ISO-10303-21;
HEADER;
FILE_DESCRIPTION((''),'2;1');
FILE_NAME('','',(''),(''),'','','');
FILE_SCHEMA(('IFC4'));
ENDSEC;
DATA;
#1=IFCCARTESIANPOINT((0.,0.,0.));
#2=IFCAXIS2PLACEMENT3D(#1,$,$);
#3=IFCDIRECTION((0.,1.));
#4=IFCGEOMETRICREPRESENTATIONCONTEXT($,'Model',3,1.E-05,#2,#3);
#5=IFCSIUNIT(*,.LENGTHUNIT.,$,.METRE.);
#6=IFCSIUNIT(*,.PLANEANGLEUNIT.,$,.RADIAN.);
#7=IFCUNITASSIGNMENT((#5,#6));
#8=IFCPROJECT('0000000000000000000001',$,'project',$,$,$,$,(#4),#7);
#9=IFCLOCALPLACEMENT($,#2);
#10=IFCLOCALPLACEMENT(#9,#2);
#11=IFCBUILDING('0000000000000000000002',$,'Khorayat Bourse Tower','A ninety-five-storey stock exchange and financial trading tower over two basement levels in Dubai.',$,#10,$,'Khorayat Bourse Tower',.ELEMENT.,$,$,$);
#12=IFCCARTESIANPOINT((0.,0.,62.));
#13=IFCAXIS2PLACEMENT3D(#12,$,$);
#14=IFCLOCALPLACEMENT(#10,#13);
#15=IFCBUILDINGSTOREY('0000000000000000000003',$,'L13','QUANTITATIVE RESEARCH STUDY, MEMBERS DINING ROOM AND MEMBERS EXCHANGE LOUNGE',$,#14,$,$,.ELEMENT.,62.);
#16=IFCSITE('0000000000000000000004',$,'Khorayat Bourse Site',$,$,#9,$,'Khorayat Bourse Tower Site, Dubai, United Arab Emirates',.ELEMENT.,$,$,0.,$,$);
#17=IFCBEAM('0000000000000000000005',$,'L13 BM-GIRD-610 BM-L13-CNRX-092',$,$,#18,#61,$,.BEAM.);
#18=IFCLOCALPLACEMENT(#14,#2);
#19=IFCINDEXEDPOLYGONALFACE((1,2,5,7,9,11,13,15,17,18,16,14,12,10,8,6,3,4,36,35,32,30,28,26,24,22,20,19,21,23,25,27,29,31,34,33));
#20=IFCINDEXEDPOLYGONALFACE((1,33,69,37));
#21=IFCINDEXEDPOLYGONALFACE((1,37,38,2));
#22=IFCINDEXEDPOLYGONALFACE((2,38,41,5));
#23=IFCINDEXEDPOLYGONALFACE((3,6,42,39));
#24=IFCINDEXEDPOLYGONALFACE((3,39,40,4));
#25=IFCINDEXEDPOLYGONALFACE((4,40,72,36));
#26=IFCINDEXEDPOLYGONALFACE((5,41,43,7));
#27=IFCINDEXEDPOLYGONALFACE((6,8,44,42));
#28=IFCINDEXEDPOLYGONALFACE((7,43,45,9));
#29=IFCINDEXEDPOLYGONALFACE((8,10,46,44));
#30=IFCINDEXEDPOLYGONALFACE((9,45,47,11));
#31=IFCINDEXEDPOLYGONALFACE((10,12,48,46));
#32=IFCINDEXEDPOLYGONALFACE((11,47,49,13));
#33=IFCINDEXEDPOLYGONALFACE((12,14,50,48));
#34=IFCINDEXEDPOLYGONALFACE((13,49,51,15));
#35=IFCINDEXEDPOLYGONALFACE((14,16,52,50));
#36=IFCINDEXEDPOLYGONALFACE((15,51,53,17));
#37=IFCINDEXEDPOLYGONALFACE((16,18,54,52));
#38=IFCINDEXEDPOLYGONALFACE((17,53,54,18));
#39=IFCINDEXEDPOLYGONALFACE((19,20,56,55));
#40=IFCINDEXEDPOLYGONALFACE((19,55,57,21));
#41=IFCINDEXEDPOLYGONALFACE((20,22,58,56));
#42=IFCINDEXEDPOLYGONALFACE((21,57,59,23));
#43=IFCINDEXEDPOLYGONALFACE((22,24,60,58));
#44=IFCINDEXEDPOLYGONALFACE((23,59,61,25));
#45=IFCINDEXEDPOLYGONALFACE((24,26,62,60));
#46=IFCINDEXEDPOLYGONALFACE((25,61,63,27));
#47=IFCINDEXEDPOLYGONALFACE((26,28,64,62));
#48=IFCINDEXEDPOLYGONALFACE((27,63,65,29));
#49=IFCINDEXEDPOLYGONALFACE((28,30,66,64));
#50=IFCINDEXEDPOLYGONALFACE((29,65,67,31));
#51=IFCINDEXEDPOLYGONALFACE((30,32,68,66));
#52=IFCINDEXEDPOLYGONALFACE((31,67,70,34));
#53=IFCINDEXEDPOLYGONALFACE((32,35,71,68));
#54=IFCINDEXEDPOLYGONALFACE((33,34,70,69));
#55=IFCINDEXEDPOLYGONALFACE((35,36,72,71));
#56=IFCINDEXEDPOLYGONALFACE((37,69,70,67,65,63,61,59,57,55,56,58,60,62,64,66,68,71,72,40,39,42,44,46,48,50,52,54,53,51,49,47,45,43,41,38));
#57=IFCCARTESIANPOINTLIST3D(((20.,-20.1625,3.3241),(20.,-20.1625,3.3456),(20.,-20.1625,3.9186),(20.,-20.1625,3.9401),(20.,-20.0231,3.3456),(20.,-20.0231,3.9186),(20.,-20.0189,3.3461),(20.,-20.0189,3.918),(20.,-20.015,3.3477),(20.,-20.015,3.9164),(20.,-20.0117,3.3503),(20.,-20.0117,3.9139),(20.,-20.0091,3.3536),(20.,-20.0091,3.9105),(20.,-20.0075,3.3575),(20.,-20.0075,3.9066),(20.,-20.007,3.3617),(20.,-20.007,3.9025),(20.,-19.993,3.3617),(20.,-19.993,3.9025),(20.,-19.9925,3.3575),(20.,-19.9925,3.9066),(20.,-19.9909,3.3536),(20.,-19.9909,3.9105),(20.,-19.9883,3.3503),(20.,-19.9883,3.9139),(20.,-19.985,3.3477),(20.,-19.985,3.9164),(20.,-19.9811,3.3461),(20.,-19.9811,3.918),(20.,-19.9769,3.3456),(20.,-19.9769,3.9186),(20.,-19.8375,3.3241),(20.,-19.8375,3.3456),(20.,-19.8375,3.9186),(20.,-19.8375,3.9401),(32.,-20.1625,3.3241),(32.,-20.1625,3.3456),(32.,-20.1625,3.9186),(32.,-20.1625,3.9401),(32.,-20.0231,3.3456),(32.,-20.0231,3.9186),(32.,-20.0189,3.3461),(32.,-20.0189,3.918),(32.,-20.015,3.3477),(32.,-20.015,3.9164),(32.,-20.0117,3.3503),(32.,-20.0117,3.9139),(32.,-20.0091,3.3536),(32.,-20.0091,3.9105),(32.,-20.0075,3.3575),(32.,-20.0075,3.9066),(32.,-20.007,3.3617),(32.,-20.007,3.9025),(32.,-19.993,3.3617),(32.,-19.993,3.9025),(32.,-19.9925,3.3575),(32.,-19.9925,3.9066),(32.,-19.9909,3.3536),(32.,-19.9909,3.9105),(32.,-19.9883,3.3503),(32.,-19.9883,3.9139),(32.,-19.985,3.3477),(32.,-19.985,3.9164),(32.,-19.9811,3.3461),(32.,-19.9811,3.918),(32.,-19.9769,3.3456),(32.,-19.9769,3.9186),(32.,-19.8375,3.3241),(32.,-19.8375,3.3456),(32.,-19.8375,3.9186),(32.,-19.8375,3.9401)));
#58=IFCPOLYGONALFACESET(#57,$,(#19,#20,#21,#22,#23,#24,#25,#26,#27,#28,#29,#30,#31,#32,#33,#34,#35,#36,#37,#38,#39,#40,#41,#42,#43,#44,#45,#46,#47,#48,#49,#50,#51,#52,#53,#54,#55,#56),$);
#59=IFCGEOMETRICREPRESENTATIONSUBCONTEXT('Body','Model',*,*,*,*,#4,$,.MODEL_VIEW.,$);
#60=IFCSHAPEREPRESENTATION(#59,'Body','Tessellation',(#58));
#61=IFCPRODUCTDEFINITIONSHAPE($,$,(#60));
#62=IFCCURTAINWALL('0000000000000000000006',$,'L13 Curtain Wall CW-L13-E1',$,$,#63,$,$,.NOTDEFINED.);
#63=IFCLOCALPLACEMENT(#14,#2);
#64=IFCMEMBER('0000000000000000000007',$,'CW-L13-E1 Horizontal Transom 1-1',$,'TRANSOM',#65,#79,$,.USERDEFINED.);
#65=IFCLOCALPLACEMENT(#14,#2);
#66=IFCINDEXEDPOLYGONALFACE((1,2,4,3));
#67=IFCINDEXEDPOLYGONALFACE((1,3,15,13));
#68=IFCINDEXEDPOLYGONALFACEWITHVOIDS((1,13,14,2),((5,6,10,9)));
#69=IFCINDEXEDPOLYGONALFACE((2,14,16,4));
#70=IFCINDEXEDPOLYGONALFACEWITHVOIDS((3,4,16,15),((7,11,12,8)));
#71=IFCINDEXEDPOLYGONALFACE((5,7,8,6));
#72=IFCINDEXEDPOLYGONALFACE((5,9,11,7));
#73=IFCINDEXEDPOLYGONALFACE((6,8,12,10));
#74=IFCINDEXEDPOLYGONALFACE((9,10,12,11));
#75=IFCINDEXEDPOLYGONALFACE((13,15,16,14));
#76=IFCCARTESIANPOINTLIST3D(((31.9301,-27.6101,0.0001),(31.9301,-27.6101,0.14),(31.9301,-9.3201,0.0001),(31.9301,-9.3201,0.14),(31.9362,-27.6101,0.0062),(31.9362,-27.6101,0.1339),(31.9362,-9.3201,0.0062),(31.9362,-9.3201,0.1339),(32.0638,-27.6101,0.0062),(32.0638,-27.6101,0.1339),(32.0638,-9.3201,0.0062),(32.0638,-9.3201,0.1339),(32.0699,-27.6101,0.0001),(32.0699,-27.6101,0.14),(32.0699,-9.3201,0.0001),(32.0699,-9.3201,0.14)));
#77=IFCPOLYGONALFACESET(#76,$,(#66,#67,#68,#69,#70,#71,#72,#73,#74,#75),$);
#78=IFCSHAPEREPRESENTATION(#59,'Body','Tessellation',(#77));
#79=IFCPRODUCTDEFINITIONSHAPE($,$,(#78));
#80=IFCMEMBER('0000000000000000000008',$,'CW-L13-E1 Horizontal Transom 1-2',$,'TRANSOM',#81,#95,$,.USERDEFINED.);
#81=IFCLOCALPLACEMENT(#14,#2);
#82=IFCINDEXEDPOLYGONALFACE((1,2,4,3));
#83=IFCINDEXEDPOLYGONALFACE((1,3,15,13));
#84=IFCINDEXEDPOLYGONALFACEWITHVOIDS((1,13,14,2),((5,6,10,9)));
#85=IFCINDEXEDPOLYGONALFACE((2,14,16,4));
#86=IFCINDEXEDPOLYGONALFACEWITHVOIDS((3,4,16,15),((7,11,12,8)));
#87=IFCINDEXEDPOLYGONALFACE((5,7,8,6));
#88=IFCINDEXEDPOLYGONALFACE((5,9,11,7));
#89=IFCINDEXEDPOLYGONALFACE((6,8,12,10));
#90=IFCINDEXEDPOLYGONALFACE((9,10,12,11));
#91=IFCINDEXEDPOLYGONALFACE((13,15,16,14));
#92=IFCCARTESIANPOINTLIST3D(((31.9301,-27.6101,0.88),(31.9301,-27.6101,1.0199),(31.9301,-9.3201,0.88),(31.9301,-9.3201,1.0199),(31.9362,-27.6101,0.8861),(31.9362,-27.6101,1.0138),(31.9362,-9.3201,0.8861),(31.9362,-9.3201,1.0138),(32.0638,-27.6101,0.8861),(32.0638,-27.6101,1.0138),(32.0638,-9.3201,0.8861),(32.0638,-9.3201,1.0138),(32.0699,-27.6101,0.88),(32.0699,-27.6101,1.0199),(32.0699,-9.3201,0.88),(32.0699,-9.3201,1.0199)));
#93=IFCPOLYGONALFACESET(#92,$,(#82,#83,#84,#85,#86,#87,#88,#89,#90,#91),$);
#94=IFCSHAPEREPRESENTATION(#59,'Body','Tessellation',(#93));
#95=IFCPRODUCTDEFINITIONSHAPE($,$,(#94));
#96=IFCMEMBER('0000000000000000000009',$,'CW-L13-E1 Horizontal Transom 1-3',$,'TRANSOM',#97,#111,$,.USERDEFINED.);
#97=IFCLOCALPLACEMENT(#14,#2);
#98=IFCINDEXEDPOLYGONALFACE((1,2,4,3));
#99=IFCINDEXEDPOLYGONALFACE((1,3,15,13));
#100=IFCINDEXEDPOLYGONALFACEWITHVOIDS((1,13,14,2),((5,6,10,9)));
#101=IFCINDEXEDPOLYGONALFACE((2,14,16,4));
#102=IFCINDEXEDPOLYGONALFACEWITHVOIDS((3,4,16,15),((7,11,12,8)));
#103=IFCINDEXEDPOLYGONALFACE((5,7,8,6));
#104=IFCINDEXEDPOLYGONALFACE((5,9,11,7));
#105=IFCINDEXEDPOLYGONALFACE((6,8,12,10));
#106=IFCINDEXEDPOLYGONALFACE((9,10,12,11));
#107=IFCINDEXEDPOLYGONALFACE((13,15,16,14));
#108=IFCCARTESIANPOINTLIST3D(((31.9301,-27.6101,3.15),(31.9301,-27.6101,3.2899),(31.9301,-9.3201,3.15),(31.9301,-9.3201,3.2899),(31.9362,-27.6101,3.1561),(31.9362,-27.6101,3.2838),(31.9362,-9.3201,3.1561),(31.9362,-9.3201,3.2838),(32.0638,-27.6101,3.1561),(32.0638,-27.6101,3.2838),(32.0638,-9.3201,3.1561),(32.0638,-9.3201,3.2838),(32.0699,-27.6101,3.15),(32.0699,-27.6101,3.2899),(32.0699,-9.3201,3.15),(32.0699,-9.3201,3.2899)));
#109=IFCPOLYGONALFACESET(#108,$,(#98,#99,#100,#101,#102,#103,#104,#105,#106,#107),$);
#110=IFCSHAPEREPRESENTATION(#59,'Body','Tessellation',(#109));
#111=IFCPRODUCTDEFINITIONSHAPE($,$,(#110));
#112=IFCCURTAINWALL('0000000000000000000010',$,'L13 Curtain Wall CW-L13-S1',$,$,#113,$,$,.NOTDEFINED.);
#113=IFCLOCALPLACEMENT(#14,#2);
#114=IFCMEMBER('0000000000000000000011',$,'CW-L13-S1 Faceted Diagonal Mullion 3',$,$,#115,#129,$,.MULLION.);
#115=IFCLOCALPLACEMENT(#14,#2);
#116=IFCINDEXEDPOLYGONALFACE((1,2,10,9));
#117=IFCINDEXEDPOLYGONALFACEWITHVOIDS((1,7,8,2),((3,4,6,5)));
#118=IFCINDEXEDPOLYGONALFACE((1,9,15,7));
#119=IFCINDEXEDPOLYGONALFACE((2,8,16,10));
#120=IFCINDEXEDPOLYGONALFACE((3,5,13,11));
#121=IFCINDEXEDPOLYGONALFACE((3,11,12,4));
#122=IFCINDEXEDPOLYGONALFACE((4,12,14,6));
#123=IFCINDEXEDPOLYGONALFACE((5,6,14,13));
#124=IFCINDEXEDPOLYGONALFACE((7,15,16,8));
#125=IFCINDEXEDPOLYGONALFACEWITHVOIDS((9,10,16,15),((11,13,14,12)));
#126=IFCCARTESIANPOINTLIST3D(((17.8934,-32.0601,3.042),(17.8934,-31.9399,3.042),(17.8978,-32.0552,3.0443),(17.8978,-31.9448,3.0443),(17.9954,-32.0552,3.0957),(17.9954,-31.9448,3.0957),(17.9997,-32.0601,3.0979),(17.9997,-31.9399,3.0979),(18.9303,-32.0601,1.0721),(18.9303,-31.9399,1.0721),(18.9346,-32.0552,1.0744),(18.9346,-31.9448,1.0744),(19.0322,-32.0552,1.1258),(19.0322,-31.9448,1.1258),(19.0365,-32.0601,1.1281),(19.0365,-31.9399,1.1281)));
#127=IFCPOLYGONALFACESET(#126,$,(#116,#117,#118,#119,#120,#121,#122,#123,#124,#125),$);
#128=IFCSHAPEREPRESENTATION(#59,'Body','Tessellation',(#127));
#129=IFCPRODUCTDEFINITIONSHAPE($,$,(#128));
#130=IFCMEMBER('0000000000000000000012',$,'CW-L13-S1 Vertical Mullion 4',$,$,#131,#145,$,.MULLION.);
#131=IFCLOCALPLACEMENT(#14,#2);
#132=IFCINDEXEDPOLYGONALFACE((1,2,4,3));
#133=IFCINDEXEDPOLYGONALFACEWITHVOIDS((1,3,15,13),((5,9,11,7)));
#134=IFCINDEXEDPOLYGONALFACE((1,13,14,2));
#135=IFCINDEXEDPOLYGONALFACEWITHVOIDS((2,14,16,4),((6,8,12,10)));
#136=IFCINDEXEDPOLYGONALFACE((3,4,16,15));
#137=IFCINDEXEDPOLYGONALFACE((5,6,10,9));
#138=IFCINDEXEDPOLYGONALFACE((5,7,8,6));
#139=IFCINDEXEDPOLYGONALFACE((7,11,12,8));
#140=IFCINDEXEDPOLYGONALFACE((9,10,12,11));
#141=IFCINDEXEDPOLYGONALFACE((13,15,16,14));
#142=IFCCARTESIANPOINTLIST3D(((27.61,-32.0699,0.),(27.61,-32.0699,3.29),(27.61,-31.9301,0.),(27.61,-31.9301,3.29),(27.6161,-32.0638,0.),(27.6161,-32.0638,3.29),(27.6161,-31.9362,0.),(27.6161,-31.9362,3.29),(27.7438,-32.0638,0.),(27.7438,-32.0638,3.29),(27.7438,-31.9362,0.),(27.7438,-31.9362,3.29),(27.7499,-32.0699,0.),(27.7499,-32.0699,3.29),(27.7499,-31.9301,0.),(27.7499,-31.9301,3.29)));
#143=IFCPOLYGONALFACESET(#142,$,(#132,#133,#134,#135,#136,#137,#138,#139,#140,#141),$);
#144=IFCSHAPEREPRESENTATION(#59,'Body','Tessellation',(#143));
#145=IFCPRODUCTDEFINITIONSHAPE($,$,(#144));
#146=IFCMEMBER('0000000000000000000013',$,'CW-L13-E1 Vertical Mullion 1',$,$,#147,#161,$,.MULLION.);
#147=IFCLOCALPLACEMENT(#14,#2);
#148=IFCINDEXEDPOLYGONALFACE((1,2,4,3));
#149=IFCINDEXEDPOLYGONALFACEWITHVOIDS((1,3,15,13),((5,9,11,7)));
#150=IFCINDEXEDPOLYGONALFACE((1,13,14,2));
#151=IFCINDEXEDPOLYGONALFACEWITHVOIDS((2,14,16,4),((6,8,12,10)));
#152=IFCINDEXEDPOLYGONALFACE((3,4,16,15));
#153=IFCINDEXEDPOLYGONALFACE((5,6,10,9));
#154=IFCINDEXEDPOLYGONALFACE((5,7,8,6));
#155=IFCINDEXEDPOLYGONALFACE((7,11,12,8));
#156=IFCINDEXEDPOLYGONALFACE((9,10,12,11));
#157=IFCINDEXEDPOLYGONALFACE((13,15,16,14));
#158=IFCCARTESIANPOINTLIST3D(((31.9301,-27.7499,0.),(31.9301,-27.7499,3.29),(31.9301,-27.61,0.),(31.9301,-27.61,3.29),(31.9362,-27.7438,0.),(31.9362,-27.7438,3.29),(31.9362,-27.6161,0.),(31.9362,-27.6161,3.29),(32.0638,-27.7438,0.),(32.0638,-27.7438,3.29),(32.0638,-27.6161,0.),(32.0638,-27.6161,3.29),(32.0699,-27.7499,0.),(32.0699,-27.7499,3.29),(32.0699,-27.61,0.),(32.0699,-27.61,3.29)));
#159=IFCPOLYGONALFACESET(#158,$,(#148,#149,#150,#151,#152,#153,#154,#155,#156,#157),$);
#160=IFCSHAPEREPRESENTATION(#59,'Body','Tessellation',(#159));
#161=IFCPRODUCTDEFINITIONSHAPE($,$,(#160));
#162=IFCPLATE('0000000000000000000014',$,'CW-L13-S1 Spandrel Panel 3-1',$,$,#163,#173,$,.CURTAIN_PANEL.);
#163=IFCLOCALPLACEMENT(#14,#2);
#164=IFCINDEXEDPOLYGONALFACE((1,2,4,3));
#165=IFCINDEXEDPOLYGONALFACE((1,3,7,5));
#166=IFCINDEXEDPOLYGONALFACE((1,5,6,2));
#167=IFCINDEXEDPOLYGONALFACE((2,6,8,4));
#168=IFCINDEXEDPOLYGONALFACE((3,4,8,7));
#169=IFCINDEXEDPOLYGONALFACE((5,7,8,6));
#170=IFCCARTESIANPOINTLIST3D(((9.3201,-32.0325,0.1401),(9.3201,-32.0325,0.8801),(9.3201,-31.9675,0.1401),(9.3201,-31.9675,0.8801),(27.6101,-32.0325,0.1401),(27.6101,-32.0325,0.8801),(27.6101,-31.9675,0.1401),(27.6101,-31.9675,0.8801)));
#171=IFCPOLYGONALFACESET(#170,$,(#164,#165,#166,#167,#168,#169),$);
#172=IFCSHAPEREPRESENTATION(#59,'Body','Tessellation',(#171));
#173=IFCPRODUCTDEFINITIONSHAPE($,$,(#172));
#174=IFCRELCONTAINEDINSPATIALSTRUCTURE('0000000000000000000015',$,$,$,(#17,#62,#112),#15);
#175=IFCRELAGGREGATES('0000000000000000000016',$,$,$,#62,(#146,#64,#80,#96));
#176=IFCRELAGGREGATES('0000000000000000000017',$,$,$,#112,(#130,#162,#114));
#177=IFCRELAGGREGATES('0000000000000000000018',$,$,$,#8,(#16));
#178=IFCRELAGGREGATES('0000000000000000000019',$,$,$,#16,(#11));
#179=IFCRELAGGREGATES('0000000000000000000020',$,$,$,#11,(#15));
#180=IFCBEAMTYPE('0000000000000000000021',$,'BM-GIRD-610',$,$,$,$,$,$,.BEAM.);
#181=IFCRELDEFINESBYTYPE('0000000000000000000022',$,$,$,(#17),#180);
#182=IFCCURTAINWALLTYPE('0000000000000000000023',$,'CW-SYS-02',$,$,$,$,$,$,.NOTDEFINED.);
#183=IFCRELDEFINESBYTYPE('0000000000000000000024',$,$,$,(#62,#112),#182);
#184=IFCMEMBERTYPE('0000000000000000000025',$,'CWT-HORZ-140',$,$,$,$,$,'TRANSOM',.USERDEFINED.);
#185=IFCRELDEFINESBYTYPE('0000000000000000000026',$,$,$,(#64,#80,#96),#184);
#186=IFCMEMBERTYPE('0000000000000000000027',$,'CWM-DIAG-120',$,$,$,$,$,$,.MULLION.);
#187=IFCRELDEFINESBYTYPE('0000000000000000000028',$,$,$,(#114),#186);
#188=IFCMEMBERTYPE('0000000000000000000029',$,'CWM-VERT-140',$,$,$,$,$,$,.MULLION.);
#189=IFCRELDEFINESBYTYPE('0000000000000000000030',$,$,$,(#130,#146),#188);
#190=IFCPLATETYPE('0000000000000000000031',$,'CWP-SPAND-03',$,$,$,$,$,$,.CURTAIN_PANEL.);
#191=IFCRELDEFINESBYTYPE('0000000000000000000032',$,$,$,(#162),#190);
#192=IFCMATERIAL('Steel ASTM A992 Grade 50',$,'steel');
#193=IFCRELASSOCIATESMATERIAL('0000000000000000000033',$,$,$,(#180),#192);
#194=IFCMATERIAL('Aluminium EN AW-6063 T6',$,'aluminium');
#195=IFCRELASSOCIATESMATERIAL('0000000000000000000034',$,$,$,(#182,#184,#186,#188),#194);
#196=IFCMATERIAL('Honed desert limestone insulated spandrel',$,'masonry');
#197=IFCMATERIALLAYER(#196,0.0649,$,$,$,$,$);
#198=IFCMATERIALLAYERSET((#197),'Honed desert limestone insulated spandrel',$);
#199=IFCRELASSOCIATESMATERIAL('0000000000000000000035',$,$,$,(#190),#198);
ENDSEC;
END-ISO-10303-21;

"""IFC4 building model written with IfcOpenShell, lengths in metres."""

from ifc_helpers import new_model, si_unit, direction, frame, origin, origin_2d, place, context, subcontext, project, spatial, rectangle, hollow_rectangle, i_section, extrude, source, transform, mapped, material, layer, layer_set, material_profile, profile_set, type_object, element, aggregate, save


model = new_model("IFC4")

# Units and contexts
model_context = context("Model", 3, precision=1e-05, world=origin(), true_north=direction((0.0, 1.0)))
body_context = subcontext(model_context, "Body", "Model", "MODEL_VIEW")
ifc_project = project(units=[si_unit("LENGTHUNIT", "METRE"), si_unit("PLANEANGLEUNIT", "RADIAN")], contexts=[model_context])

# Site, building, storey
site_placement = place(None, origin())
site = spatial("IfcSite", under=ifc_project, at=site_placement, Name="Khorayat Bourse Site", LongName="Khorayat Bourse Tower Site, Dubai, United Arab Emirates", CompositionType="ELEMENT", RefElevation=0.0)
building_placement = place(site_placement, origin())
building = spatial("IfcBuilding", under=site, at=building_placement, Name="Khorayat Bourse Tower", Description="A ninety-five-storey stock exchange and financial trading tower over two basement levels in Dubai.", LongName="Khorayat Bourse Tower", CompositionType="ELEMENT")
storey_placement = place(building_placement, frame((0.0, 0.0, 62.0)))
storey = spatial("IfcBuildingStorey", under=building, at=storey_placement, Name="L13", Description="QUANTITATIVE RESEARCH STUDY, MEMBERS DINING ROOM AND MEMBERS EXCHANGE LOUNGE", CompositionType="ELEMENT", Elevation=62.0)

# Beam
ifc_material_1 = material(Name="Steel ASTM A992 Grade 50", Category="steel")
ifc_material_profile_1 = material_profile(ifc_material_1, i_section(OverallWidth=0.325, OverallDepth=0.616, WebThickness=0.0139, FlangeThickness=0.0215, FilletRadius=0.0161, at=origin_2d()), Name="W610X174")
ifc_profile_set_1 = profile_set([ifc_material_profile_1], Name="Steel ASTM A992 Grade 50")
beam_type_1 = type_object("IfcBeamType", Name="BM-GIRD-610", PredefinedType="BEAM", material=ifc_profile_set_1)
shared_shape_1 = source(origin(), body_context, "Body", "SweptSolid", [
    extrude(i_section(OverallWidth=0.325, OverallDepth=0.616, WebThickness=0.0139, FlangeThickness=0.0215, FilletRadius=0.0161, at=origin_2d()), origin(), (0.0, 0.0, 1.0), 12.0),
])
beam_1_placement = place(storey_placement, frame((20.0, -20.0, 3.6321), z_axis=(1.0, 0.0, 0.0), x_axis=(0.0, 1.0, 0.0)))
element("IfcBeam", 1, at=beam_1_placement, inside=storey, type_object=beam_type_1, Name="L13 BM-GIRD-610 BM-L13-CNRX-092", PredefinedType="BEAM", context=body_context, shape_type="MappedRepresentation", body=[
    mapped(shared_shape_1, transform((0.0, 0.0, 0.0), scale=1.0)),
])

# Curtain walls, members
ifc_material_2 = material(Name="Aluminium EN AW-6063 T6", Category="aluminium")
curtain_wall_type = type_object("IfcCurtainWallType", Name="CW-SYS-02", PredefinedType="NOTDEFINED", material=ifc_material_2)
curtain_wall_1_placement = place(storey_placement, origin())
curtain_wall_1 = element("IfcCurtainWall", 2, at=curtain_wall_1_placement, inside=storey, type_object=curtain_wall_type, Name="L13 Curtain Wall CW-L13-E1", PredefinedType="NOTDEFINED")
ifc_material_profile_2 = material_profile(ifc_material_2, hollow_rectangle(XDim=0.1399, YDim=0.1399, WallThickness=0.0061, at=origin_2d()), Name="ALU 140x140x6")
ifc_profile_set_2 = profile_set([ifc_material_profile_2], Name="Aluminium EN AW-6063 T6")
member_type_1 = type_object("IfcMemberType", Name="CWT-HORZ-140", ElementType="TRANSOM", PredefinedType="USERDEFINED", material=ifc_profile_set_2)
shared_shape_2 = source(origin(), body_context, "Body", "SweptSolid", [
    extrude(hollow_rectangle(XDim=0.1399, YDim=0.1399, WallThickness=0.0061, at=origin_2d()), origin(), (0.0, 0.0, 1.0), 18.29),
])
member_1_placement = place(storey_placement, frame((32.0, -27.6101, 0.0701), z_axis=(0.0, 1.0, 0.0), x_axis=(-1.0, 0.0, 0.0)))
member_1 = element("IfcMember", 3, at=member_1_placement, type_object=member_type_1, Name="CW-L13-E1 Horizontal Transom 1-1", ObjectType="TRANSOM", PredefinedType="USERDEFINED", context=body_context, shape_type="MappedRepresentation", body=[
    mapped(shared_shape_2, transform((0.0, 0.0, 0.0), scale=1.0)),
])
member_2_placement = place(storey_placement, frame((32.0, -27.6101, 0.95), z_axis=(0.0, 1.0, 0.0), x_axis=(-1.0, 0.0, 0.0)))
member_2 = element("IfcMember", 4, at=member_2_placement, type_object=member_type_1, Name="CW-L13-E1 Horizontal Transom 1-2", ObjectType="TRANSOM", PredefinedType="USERDEFINED", context=body_context, shape_type="MappedRepresentation", body=[
    mapped(shared_shape_2, transform((0.0, 0.0, 0.0), scale=1.0)),
])
member_3_placement = place(storey_placement, frame((32.0, -27.6101, 3.22), z_axis=(0.0, 1.0, 0.0), x_axis=(-1.0, 0.0, 0.0)))
member_3 = element("IfcMember", 5, at=member_3_placement, type_object=member_type_1, Name="CW-L13-E1 Horizontal Transom 1-3", ObjectType="TRANSOM", PredefinedType="USERDEFINED", context=body_context, shape_type="MappedRepresentation", body=[
    mapped(shared_shape_2, transform((0.0, 0.0, 0.0), scale=1.0)),
])
curtain_wall_2_placement = place(storey_placement, origin())
curtain_wall_2 = element("IfcCurtainWall", 6, at=curtain_wall_2_placement, inside=storey, type_object=curtain_wall_type, Name="L13 Curtain Wall CW-L13-S1", PredefinedType="NOTDEFINED")
ifc_material_profile_3 = material_profile(ifc_material_2, hollow_rectangle(XDim=0.1201, YDim=0.1201, WallThickness=0.0049, at=origin_2d()), Name="ALU 120x120x5")
ifc_profile_set_3 = profile_set([ifc_material_profile_3], Name="Aluminium EN AW-6063 T6")
member_type_2 = type_object("IfcMemberType", Name="CWM-DIAG-120", PredefinedType="MULLION", material=ifc_profile_set_3)
shared_shape_3 = source(origin(), body_context, "Body", "SweptSolid", [
    extrude(hollow_rectangle(XDim=0.1201, YDim=0.1201, WallThickness=0.0049, at=origin_2d()), origin(), (0.0, 0.0, 1.0), 2.2261),
])
member_4_placement = place(storey_placement, frame((18.9834, -32.0, 1.1001), z_axis=(-0.46576, 0.0, 0.884911), x_axis=(0.0, -1.0, 0.0)))
member_4 = element("IfcMember", 7, at=member_4_placement, type_object=member_type_2, Name="CW-L13-S1 Faceted Diagonal Mullion 3", PredefinedType="MULLION", context=body_context, shape_type="MappedRepresentation", body=[
    mapped(shared_shape_3, transform((0.0, 0.0, 0.0), scale=1.0)),
])
ifc_material_profile_4 = material_profile(ifc_material_2, hollow_rectangle(XDim=0.1399, YDim=0.1399, WallThickness=0.0061, at=origin_2d()), Name="ALU 140x140x6")
ifc_profile_set_4 = profile_set([ifc_material_profile_4], Name="Aluminium EN AW-6063 T6")
member_type_3 = type_object("IfcMemberType", Name="CWM-VERT-140", PredefinedType="MULLION", material=ifc_profile_set_4)
shared_shape_4 = source(origin(), body_context, "Body", "SweptSolid", [
    extrude(hollow_rectangle(XDim=0.1399, YDim=0.1399, WallThickness=0.0061, at=origin_2d()), origin(), (0.0, 0.0, 1.0), 3.29),
])
member_5_placement = place(storey_placement, frame((27.6799, -32.0, 0.0), z_axis=(0.0, 0.0, 1.0), x_axis=(0.0, 1.0, 0.0)))
member_5 = element("IfcMember", 8, at=member_5_placement, type_object=member_type_3, Name="CW-L13-S1 Vertical Mullion 4", PredefinedType="MULLION", context=body_context, shape_type="MappedRepresentation", body=[
    mapped(shared_shape_4, transform((0.0, 0.0, 0.0), scale=1.0)),
])

# Member
member_6_placement = place(storey_placement, frame((32.0, -27.6799, 0.0), z_axis=(0.0, 0.0, 1.0), x_axis=(-1.0, 0.0, 0.0)))
member_6 = element("IfcMember", 9, at=member_6_placement, type_object=member_type_3, Name="CW-L13-E1 Vertical Mullion 1", PredefinedType="MULLION", context=body_context, shape_type="MappedRepresentation", body=[
    mapped(shared_shape_4, transform((0.0, 0.0, 0.0), scale=1.0)),
])
aggregate(curtain_wall_1, [member_6, member_1, member_2, member_3])

# Plate
ifc_material_3 = material(Name="Honed desert limestone insulated spandrel", Category="masonry")
ifc_layer_1 = layer(ifc_material_3, 0.0649)
ifc_layer_set_1 = layer_set([ifc_layer_1], Name="Honed desert limestone insulated spandrel")
plate_type_1 = type_object("IfcPlateType", Name="CWP-SPAND-03", PredefinedType="CURTAIN_PANEL", material=ifc_layer_set_1)
shared_shape_5 = source(origin(), body_context, "Body", "SweptSolid", [
    extrude(rectangle(XDim=18.29, YDim=0.0649, at=origin_2d()), origin(), (0.0, 0.0, 1.0), 0.74),
])
plate_1_placement = place(storey_placement, frame((18.4651, -32.0, 0.1401), z_axis=(0.0, 0.0, 1.0), x_axis=(1.0, 0.0, 0.0)))
plate_1 = element("IfcPlate", 10, at=plate_1_placement, type_object=plate_type_1, Name="CW-L13-S1 Spandrel Panel 3-1", PredefinedType="CURTAIN_PANEL", context=body_context, shape_type="MappedRepresentation", body=[
    mapped(shared_shape_5, transform((0.0, 0.0, 0.0), scale=1.0)),
])
aggregate(curtain_wall_2, [member_5, plate_1, member_4])

save(model, "model.ifc")
